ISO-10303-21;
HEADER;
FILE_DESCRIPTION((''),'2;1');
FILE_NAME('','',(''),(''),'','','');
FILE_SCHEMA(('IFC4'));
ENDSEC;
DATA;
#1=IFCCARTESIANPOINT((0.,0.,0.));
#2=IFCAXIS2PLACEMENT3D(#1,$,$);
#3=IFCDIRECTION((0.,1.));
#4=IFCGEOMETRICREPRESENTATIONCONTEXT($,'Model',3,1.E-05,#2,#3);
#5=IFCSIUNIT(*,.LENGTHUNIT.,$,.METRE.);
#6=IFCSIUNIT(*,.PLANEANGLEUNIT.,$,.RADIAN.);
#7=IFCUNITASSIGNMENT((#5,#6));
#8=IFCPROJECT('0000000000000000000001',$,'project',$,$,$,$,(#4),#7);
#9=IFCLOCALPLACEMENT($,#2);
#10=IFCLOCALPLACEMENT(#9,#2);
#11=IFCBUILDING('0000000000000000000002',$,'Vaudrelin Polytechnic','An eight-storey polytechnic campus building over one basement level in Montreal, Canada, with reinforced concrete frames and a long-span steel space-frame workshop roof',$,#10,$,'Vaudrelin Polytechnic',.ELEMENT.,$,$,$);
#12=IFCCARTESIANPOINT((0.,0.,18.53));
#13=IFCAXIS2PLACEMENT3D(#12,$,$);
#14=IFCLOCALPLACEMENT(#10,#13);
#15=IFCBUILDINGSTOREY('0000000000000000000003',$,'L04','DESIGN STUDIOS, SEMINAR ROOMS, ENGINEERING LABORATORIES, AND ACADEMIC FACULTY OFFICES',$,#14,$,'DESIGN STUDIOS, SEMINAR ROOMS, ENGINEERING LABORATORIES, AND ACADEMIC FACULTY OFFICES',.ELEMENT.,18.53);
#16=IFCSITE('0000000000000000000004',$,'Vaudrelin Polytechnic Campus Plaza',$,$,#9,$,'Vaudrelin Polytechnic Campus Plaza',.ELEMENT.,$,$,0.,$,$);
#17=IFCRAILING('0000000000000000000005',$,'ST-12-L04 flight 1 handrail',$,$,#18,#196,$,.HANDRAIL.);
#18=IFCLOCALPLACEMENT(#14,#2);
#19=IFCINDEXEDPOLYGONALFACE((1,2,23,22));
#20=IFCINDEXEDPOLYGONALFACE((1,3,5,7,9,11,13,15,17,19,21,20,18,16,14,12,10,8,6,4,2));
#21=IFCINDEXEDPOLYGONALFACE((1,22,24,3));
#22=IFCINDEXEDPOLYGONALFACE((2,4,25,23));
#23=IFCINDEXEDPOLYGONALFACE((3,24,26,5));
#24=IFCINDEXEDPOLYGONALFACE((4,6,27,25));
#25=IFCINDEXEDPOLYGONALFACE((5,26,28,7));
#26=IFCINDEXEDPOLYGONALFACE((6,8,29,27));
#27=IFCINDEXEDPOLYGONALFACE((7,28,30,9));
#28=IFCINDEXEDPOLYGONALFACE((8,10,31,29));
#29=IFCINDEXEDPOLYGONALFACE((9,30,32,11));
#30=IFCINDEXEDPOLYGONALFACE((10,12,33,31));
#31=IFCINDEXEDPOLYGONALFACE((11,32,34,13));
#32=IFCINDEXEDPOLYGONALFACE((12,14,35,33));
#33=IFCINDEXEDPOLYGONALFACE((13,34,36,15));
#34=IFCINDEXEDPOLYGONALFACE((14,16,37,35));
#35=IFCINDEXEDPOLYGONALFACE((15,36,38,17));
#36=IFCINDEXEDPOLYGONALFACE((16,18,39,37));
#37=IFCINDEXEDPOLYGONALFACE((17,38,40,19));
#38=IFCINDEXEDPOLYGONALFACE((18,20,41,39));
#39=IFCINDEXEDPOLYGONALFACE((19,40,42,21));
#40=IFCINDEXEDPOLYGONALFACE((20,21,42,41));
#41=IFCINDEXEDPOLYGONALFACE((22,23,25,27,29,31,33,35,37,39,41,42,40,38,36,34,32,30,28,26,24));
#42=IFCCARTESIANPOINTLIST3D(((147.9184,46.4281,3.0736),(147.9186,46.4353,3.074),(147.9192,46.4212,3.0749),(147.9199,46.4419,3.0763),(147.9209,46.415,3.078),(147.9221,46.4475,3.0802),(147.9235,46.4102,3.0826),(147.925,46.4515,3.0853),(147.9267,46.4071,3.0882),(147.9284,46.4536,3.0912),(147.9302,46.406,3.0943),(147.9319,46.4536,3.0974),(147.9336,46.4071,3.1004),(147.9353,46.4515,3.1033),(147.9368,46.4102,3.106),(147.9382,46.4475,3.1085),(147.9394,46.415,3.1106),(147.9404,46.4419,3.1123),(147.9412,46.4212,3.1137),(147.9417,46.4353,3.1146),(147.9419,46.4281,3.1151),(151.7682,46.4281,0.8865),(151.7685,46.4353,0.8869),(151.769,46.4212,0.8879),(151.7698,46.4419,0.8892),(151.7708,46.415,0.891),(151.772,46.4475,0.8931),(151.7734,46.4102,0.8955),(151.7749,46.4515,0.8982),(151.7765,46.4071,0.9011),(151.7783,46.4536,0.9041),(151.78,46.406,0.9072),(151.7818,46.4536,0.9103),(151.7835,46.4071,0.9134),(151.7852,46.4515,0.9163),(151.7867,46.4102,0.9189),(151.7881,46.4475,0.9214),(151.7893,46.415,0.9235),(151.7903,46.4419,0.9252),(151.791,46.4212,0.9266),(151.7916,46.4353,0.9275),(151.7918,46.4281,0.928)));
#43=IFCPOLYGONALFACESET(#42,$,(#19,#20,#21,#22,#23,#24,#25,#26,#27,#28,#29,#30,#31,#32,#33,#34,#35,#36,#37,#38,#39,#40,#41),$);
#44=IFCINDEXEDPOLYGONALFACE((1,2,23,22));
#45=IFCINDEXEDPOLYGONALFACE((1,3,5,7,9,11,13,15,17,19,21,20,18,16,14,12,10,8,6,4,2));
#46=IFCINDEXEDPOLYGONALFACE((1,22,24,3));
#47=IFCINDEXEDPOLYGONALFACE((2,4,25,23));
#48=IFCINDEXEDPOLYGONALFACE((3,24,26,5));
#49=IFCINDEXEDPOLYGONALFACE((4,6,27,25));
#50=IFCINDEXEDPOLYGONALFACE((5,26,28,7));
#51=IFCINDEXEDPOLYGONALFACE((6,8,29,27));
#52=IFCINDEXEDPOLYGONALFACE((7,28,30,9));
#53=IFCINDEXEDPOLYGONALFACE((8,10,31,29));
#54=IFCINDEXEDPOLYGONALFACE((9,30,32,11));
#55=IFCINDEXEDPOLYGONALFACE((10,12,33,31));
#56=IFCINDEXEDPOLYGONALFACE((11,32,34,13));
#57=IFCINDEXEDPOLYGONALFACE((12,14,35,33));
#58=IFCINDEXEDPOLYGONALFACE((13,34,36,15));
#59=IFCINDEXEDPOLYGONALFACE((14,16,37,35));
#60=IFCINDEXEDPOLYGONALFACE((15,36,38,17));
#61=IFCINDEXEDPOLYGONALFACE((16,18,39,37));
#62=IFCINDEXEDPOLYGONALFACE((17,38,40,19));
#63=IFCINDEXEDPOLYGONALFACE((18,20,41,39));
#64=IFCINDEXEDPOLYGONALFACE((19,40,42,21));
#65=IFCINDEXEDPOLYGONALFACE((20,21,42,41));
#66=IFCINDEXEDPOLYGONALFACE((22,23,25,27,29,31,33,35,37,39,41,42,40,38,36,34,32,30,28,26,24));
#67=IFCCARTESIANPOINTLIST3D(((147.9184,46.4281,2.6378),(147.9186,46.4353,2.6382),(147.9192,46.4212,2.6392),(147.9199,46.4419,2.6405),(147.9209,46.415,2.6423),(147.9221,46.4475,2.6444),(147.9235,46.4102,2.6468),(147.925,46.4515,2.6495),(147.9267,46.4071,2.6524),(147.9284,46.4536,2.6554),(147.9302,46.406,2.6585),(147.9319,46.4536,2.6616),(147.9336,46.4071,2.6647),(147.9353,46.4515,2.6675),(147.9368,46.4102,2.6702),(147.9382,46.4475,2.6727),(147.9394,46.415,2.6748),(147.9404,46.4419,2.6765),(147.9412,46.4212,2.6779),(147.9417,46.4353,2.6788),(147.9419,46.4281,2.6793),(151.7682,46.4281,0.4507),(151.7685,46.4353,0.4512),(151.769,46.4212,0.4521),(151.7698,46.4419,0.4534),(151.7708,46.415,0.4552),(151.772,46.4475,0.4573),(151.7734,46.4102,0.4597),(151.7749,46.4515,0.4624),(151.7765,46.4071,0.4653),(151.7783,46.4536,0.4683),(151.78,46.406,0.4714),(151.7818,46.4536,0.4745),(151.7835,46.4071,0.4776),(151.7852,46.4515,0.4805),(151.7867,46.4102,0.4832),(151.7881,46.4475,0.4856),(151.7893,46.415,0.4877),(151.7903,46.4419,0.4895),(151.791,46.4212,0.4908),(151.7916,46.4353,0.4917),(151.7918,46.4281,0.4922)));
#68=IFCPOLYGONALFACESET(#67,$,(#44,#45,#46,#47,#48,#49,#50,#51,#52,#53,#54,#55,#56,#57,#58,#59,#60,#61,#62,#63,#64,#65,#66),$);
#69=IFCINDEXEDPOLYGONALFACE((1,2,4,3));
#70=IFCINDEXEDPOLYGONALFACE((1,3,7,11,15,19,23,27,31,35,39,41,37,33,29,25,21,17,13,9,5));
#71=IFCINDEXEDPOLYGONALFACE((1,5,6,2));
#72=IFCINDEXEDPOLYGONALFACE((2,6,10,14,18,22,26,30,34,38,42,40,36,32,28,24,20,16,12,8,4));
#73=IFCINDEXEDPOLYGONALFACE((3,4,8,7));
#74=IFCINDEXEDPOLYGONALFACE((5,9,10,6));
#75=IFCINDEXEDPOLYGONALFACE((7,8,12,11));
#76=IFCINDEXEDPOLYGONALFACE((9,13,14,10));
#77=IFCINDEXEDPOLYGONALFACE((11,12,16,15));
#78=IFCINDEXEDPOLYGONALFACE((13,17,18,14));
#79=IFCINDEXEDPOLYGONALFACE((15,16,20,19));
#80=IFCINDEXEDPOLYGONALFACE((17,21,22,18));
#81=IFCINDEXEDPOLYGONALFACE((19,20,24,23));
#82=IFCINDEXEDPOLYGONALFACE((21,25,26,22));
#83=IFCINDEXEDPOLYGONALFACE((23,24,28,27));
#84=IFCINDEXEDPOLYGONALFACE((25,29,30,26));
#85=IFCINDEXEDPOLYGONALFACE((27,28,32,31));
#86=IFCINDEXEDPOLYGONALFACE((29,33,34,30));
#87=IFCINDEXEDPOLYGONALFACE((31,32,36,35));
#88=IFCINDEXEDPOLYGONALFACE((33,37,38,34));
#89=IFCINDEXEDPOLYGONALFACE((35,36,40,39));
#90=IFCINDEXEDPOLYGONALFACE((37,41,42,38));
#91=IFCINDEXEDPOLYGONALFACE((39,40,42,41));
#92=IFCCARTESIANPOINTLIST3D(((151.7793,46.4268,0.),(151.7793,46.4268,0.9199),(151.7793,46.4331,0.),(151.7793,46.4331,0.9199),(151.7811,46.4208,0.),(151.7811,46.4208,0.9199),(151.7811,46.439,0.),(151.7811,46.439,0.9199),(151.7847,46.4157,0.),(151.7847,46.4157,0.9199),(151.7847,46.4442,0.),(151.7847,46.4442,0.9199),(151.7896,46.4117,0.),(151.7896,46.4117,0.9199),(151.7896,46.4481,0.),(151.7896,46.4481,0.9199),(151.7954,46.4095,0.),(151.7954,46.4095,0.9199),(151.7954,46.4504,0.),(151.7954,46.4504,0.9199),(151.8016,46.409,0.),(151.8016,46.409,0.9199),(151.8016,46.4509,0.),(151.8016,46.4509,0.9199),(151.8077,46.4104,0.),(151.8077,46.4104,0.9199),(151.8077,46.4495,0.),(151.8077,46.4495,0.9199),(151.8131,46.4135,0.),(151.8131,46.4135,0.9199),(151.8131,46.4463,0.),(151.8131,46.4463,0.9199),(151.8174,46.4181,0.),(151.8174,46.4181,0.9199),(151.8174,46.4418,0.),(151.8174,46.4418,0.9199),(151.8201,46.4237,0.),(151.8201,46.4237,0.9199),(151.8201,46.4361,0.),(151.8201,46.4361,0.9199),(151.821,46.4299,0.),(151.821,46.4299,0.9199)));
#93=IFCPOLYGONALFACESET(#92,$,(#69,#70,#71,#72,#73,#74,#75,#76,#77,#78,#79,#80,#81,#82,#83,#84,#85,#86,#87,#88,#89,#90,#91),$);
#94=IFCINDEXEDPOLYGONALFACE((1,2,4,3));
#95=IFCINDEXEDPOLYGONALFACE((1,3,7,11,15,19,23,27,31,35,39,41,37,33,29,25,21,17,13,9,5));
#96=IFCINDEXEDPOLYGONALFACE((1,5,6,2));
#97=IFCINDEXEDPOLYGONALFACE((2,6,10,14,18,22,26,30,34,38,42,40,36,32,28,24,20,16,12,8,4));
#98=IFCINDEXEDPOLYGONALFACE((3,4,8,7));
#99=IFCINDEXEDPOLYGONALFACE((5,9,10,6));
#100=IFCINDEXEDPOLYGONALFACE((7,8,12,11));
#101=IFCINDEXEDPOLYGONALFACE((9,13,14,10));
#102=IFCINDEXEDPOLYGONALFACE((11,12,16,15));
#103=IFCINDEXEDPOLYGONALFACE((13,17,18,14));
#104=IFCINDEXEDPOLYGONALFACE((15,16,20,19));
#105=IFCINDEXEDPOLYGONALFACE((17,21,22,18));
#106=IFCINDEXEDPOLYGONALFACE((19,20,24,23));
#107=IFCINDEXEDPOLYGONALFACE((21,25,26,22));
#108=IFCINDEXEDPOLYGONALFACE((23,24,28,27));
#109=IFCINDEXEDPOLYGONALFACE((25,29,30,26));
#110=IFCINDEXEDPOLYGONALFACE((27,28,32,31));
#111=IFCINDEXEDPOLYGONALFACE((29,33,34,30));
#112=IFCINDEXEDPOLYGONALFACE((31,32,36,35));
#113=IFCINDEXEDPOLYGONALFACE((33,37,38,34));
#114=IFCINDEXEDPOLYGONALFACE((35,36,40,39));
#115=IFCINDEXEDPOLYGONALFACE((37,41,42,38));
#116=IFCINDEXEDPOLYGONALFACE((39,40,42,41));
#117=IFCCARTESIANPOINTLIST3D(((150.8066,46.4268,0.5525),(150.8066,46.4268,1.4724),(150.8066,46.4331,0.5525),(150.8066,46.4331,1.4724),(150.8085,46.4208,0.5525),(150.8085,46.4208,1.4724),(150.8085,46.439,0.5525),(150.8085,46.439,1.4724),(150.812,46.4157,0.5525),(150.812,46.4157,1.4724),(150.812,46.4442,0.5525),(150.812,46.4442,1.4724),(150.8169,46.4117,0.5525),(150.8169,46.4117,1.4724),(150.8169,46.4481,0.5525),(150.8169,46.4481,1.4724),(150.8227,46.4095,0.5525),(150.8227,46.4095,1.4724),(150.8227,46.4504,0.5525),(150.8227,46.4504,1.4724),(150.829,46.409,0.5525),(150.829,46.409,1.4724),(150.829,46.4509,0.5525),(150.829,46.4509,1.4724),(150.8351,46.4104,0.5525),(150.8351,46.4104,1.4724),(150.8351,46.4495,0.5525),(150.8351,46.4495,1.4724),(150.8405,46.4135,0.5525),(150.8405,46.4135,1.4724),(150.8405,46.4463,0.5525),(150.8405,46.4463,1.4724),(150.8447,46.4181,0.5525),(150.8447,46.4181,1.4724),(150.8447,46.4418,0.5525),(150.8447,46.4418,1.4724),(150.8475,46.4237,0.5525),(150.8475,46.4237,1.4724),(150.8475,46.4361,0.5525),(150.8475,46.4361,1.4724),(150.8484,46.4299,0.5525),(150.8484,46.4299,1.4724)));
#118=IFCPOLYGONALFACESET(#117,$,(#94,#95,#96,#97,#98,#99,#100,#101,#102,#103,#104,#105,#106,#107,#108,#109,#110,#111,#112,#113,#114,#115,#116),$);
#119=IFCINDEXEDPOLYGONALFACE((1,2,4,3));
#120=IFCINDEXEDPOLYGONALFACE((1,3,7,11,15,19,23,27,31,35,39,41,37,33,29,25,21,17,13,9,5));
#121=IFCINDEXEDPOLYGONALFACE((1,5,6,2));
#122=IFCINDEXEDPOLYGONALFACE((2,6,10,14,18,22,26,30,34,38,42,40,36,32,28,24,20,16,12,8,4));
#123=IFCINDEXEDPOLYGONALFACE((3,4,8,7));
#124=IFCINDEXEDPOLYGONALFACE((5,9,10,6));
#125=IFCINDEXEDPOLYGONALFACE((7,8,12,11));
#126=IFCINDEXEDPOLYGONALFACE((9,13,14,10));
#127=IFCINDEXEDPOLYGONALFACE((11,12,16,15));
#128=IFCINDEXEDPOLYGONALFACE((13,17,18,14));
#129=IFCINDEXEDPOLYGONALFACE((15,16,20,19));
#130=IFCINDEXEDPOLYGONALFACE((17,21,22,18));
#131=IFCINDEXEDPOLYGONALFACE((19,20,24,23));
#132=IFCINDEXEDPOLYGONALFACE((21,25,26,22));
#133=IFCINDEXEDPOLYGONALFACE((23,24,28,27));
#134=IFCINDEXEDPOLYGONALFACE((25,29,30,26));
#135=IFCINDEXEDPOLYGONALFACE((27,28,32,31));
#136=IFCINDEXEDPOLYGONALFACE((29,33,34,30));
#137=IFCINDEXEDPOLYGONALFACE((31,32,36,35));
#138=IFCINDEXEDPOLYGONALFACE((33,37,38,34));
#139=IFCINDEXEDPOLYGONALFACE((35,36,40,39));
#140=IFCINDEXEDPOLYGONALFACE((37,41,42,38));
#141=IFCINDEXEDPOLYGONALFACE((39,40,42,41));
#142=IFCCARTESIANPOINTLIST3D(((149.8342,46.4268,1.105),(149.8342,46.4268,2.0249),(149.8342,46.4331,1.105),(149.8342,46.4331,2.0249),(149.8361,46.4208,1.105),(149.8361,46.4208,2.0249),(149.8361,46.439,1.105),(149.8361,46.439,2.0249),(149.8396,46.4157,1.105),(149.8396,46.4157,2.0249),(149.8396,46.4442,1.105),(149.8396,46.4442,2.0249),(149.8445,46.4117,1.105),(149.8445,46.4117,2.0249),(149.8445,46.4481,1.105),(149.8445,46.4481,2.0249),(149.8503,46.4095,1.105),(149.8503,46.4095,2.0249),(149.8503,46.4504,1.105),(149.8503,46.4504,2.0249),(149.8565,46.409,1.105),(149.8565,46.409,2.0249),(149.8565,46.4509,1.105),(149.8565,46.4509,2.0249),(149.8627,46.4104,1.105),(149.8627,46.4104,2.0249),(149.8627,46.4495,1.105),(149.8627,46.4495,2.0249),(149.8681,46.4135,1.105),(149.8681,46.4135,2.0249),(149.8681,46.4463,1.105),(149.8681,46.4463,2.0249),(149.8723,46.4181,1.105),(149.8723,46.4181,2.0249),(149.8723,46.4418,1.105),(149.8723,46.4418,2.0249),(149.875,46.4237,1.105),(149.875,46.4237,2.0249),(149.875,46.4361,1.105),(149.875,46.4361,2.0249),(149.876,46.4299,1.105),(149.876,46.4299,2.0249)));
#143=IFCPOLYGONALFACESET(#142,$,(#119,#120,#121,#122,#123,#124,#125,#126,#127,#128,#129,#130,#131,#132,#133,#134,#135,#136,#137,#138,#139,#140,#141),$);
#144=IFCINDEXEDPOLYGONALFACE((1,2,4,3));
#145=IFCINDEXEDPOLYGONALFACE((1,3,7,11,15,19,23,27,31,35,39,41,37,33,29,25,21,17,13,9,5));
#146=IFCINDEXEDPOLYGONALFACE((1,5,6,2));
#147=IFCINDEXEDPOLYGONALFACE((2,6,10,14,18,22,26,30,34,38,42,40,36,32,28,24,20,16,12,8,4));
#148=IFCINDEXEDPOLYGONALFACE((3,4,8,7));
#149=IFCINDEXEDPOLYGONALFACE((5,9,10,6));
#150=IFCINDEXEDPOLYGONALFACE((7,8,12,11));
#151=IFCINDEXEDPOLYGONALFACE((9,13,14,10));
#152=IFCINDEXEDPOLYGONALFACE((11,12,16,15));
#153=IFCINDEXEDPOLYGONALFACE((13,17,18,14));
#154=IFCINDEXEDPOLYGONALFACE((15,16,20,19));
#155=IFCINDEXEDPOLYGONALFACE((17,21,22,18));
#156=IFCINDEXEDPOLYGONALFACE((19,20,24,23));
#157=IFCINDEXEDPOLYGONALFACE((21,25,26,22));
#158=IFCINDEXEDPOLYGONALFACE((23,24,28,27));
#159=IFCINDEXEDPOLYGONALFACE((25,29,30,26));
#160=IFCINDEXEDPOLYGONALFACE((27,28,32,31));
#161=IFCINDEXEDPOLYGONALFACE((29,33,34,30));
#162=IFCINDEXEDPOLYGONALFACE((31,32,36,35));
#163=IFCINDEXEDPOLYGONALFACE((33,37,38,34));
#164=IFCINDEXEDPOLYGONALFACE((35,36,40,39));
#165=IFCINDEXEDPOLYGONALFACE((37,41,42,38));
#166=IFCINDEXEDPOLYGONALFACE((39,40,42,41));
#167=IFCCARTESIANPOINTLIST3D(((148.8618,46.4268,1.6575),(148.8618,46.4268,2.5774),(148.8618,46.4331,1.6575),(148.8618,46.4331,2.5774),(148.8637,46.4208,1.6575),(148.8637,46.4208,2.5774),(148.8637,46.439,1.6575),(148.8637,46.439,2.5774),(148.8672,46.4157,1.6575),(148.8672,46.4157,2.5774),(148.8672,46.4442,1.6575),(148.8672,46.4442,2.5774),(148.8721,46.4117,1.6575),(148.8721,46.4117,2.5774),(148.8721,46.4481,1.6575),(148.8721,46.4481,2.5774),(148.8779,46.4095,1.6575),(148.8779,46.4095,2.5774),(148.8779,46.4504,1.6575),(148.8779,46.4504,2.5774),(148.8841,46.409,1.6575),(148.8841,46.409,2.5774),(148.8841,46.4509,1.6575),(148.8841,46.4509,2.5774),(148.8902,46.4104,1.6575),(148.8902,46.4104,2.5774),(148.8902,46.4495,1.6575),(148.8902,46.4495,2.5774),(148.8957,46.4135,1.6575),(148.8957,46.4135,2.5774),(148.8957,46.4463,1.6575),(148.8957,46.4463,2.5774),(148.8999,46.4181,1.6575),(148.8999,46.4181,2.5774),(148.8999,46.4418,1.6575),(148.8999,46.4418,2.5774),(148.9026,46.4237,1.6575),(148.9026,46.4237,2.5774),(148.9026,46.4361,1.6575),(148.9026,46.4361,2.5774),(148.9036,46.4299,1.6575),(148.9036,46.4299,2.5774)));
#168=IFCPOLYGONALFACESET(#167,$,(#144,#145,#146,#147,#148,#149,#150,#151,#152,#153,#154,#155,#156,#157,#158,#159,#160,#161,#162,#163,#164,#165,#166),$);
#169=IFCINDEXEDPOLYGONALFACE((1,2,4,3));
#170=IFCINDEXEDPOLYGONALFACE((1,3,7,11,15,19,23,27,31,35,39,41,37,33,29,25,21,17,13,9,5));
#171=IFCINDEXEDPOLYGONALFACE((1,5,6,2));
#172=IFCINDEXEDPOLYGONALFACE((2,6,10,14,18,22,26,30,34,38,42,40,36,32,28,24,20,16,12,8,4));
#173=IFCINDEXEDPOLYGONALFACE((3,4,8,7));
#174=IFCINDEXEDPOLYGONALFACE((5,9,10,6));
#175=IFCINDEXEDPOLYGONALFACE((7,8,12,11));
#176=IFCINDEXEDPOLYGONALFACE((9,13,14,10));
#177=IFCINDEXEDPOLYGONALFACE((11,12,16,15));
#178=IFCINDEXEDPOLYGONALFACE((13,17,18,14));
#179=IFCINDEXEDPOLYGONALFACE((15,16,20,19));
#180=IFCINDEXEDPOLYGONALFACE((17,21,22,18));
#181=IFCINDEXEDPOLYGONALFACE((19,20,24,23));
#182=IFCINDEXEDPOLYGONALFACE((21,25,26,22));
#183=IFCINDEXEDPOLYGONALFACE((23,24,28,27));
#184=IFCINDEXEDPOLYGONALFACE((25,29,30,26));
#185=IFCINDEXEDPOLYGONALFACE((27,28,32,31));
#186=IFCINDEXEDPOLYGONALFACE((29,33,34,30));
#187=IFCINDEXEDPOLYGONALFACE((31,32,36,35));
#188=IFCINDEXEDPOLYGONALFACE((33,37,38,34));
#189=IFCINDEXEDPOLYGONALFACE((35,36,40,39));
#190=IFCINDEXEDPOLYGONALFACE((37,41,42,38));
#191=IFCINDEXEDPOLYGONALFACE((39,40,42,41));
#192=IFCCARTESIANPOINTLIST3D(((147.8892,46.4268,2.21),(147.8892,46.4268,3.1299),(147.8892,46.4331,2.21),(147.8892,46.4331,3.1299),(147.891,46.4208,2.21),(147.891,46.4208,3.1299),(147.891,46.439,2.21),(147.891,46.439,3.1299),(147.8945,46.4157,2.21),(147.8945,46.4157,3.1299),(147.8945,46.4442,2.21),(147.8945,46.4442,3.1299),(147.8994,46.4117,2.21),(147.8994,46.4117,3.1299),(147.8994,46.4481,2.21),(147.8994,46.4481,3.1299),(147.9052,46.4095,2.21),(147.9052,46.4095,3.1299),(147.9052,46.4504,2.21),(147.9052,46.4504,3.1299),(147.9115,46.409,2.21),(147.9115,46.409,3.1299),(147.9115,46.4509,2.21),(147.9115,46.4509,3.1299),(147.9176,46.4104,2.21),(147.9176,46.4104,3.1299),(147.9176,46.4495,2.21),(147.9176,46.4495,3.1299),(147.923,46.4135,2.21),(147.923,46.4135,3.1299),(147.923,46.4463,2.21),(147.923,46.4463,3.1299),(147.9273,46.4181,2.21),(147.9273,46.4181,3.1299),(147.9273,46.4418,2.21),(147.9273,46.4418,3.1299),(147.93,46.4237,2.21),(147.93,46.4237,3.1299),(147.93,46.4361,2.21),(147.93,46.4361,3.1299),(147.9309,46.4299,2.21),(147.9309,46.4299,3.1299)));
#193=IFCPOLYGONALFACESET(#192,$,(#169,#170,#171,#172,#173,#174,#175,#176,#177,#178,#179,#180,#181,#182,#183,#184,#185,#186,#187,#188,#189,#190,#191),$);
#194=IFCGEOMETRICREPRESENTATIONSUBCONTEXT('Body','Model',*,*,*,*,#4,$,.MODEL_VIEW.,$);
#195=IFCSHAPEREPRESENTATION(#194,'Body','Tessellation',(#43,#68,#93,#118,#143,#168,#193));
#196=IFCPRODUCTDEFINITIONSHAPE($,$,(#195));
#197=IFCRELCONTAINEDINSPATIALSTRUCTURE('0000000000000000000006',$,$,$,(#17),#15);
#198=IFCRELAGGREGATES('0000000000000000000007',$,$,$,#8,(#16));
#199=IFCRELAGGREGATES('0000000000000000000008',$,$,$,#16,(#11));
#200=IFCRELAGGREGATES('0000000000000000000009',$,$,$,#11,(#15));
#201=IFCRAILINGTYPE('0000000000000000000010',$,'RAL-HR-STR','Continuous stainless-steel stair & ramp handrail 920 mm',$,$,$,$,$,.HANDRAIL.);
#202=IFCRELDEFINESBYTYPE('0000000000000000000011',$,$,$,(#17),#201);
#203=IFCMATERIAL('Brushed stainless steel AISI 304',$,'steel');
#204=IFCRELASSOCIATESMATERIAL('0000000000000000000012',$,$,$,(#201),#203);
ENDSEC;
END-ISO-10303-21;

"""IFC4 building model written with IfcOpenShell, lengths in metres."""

from ifc_helpers import new_model, si_unit, direction, frame, origin, origin_2d, place, context, subcontext, project, spatial, circle, extrude, material, type_object, element, save


model = new_model("IFC4")

# Units and contexts
model_context = context("Model", 3, precision=1e-05, world=origin(), true_north=direction((0.0, 1.0)))
body_context = subcontext(model_context, "Body", "Model", "MODEL_VIEW")
ifc_project = project(units=[si_unit("LENGTHUNIT", "METRE"), si_unit("PLANEANGLEUNIT", "RADIAN")], contexts=[model_context])

# Site, building, storey
site_placement = place(None, origin())
site = spatial("IfcSite", under=ifc_project, at=site_placement, Name="Vaudrelin Polytechnic Campus Plaza", LongName="Vaudrelin Polytechnic Campus Plaza", CompositionType="ELEMENT", RefElevation=0.0)
building_placement = place(site_placement, origin())
building = spatial("IfcBuilding", under=site, at=building_placement, Name="Vaudrelin Polytechnic", Description="An eight-storey polytechnic campus building over one basement level in Montreal, Canada, with reinforced concrete frames and a long-span steel space-frame workshop roof", LongName="Vaudrelin Polytechnic", CompositionType="ELEMENT")
storey_placement = place(building_placement, frame((0.0, 0.0, 18.53)))
storey = spatial("IfcBuildingStorey", under=building, at=storey_placement, Name="L04", Description="DESIGN STUDIOS, SEMINAR ROOMS, ENGINEERING LABORATORIES, AND ACADEMIC FACULTY OFFICES", LongName="DESIGN STUDIOS, SEMINAR ROOMS, ENGINEERING LABORATORIES, AND ACADEMIC FACULTY OFFICES", CompositionType="ELEMENT", Elevation=18.53)

# Railing
ifc_material_1 = material(Name="Brushed stainless steel AISI 304", Category="steel")
railing_type_1 = type_object("IfcRailingType", Name="RAL-HR-STR", Description="Continuous stainless-steel stair & ramp handrail 920 mm", PredefinedType="HANDRAIL", material=ifc_material_1)
for number, where, name in (
    (1, (151.8, 46.4299, 0.0), "ST-12-L04 flight 1 handrail"),
):
    element("IfcRailing", number, at=place(storey_placement, frame(where)), inside=storey, type_object=railing_type_1, Name=name, PredefinedType="HANDRAIL", context=body_context, shape_type="SweptSolid", body=[
        extrude(circle(Radius=0.0239, at=origin_2d()), frame((-0.02, 0.0, 0.9072), z_axis=(-0.86949, 0.0, 0.493951), x_axis=(0.0, -1.0, 0.0)), (0.0, 0.0, 1.0), 4.4277),
        extrude(circle(Radius=0.0239, at=origin_2d()), frame((-0.02, 0.0, 0.4714), z_axis=(-0.86949, 0.0, 0.493951), x_axis=(0.0, -1.0, 0.0)), (0.0, 0.0, 1.0), 4.4277),
        extrude(circle(Radius=0.021, at=origin_2d()), origin(), (0.0, 0.0, 1.0), 0.9199),
        extrude(circle(Radius=0.021, at=origin_2d()), frame((-0.9727, 0.0, 0.5525)), (0.0, 0.0, 1.0), 0.9199),
        extrude(circle(Radius=0.021, at=origin_2d()), frame((-1.9451, 0.0, 1.105)), (0.0, 0.0, 1.0), 0.9199),
        extrude(circle(Radius=0.021, at=origin_2d()), frame((-2.9175, 0.0, 1.6575)), (0.0, 0.0, 1.0), 0.9199),
        extrude(circle(Radius=0.021, at=origin_2d()), frame((-3.8901, 0.0, 2.21)), (0.0, 0.0, 1.0), 0.9199),
    ])

save(model, "model.ifc")
